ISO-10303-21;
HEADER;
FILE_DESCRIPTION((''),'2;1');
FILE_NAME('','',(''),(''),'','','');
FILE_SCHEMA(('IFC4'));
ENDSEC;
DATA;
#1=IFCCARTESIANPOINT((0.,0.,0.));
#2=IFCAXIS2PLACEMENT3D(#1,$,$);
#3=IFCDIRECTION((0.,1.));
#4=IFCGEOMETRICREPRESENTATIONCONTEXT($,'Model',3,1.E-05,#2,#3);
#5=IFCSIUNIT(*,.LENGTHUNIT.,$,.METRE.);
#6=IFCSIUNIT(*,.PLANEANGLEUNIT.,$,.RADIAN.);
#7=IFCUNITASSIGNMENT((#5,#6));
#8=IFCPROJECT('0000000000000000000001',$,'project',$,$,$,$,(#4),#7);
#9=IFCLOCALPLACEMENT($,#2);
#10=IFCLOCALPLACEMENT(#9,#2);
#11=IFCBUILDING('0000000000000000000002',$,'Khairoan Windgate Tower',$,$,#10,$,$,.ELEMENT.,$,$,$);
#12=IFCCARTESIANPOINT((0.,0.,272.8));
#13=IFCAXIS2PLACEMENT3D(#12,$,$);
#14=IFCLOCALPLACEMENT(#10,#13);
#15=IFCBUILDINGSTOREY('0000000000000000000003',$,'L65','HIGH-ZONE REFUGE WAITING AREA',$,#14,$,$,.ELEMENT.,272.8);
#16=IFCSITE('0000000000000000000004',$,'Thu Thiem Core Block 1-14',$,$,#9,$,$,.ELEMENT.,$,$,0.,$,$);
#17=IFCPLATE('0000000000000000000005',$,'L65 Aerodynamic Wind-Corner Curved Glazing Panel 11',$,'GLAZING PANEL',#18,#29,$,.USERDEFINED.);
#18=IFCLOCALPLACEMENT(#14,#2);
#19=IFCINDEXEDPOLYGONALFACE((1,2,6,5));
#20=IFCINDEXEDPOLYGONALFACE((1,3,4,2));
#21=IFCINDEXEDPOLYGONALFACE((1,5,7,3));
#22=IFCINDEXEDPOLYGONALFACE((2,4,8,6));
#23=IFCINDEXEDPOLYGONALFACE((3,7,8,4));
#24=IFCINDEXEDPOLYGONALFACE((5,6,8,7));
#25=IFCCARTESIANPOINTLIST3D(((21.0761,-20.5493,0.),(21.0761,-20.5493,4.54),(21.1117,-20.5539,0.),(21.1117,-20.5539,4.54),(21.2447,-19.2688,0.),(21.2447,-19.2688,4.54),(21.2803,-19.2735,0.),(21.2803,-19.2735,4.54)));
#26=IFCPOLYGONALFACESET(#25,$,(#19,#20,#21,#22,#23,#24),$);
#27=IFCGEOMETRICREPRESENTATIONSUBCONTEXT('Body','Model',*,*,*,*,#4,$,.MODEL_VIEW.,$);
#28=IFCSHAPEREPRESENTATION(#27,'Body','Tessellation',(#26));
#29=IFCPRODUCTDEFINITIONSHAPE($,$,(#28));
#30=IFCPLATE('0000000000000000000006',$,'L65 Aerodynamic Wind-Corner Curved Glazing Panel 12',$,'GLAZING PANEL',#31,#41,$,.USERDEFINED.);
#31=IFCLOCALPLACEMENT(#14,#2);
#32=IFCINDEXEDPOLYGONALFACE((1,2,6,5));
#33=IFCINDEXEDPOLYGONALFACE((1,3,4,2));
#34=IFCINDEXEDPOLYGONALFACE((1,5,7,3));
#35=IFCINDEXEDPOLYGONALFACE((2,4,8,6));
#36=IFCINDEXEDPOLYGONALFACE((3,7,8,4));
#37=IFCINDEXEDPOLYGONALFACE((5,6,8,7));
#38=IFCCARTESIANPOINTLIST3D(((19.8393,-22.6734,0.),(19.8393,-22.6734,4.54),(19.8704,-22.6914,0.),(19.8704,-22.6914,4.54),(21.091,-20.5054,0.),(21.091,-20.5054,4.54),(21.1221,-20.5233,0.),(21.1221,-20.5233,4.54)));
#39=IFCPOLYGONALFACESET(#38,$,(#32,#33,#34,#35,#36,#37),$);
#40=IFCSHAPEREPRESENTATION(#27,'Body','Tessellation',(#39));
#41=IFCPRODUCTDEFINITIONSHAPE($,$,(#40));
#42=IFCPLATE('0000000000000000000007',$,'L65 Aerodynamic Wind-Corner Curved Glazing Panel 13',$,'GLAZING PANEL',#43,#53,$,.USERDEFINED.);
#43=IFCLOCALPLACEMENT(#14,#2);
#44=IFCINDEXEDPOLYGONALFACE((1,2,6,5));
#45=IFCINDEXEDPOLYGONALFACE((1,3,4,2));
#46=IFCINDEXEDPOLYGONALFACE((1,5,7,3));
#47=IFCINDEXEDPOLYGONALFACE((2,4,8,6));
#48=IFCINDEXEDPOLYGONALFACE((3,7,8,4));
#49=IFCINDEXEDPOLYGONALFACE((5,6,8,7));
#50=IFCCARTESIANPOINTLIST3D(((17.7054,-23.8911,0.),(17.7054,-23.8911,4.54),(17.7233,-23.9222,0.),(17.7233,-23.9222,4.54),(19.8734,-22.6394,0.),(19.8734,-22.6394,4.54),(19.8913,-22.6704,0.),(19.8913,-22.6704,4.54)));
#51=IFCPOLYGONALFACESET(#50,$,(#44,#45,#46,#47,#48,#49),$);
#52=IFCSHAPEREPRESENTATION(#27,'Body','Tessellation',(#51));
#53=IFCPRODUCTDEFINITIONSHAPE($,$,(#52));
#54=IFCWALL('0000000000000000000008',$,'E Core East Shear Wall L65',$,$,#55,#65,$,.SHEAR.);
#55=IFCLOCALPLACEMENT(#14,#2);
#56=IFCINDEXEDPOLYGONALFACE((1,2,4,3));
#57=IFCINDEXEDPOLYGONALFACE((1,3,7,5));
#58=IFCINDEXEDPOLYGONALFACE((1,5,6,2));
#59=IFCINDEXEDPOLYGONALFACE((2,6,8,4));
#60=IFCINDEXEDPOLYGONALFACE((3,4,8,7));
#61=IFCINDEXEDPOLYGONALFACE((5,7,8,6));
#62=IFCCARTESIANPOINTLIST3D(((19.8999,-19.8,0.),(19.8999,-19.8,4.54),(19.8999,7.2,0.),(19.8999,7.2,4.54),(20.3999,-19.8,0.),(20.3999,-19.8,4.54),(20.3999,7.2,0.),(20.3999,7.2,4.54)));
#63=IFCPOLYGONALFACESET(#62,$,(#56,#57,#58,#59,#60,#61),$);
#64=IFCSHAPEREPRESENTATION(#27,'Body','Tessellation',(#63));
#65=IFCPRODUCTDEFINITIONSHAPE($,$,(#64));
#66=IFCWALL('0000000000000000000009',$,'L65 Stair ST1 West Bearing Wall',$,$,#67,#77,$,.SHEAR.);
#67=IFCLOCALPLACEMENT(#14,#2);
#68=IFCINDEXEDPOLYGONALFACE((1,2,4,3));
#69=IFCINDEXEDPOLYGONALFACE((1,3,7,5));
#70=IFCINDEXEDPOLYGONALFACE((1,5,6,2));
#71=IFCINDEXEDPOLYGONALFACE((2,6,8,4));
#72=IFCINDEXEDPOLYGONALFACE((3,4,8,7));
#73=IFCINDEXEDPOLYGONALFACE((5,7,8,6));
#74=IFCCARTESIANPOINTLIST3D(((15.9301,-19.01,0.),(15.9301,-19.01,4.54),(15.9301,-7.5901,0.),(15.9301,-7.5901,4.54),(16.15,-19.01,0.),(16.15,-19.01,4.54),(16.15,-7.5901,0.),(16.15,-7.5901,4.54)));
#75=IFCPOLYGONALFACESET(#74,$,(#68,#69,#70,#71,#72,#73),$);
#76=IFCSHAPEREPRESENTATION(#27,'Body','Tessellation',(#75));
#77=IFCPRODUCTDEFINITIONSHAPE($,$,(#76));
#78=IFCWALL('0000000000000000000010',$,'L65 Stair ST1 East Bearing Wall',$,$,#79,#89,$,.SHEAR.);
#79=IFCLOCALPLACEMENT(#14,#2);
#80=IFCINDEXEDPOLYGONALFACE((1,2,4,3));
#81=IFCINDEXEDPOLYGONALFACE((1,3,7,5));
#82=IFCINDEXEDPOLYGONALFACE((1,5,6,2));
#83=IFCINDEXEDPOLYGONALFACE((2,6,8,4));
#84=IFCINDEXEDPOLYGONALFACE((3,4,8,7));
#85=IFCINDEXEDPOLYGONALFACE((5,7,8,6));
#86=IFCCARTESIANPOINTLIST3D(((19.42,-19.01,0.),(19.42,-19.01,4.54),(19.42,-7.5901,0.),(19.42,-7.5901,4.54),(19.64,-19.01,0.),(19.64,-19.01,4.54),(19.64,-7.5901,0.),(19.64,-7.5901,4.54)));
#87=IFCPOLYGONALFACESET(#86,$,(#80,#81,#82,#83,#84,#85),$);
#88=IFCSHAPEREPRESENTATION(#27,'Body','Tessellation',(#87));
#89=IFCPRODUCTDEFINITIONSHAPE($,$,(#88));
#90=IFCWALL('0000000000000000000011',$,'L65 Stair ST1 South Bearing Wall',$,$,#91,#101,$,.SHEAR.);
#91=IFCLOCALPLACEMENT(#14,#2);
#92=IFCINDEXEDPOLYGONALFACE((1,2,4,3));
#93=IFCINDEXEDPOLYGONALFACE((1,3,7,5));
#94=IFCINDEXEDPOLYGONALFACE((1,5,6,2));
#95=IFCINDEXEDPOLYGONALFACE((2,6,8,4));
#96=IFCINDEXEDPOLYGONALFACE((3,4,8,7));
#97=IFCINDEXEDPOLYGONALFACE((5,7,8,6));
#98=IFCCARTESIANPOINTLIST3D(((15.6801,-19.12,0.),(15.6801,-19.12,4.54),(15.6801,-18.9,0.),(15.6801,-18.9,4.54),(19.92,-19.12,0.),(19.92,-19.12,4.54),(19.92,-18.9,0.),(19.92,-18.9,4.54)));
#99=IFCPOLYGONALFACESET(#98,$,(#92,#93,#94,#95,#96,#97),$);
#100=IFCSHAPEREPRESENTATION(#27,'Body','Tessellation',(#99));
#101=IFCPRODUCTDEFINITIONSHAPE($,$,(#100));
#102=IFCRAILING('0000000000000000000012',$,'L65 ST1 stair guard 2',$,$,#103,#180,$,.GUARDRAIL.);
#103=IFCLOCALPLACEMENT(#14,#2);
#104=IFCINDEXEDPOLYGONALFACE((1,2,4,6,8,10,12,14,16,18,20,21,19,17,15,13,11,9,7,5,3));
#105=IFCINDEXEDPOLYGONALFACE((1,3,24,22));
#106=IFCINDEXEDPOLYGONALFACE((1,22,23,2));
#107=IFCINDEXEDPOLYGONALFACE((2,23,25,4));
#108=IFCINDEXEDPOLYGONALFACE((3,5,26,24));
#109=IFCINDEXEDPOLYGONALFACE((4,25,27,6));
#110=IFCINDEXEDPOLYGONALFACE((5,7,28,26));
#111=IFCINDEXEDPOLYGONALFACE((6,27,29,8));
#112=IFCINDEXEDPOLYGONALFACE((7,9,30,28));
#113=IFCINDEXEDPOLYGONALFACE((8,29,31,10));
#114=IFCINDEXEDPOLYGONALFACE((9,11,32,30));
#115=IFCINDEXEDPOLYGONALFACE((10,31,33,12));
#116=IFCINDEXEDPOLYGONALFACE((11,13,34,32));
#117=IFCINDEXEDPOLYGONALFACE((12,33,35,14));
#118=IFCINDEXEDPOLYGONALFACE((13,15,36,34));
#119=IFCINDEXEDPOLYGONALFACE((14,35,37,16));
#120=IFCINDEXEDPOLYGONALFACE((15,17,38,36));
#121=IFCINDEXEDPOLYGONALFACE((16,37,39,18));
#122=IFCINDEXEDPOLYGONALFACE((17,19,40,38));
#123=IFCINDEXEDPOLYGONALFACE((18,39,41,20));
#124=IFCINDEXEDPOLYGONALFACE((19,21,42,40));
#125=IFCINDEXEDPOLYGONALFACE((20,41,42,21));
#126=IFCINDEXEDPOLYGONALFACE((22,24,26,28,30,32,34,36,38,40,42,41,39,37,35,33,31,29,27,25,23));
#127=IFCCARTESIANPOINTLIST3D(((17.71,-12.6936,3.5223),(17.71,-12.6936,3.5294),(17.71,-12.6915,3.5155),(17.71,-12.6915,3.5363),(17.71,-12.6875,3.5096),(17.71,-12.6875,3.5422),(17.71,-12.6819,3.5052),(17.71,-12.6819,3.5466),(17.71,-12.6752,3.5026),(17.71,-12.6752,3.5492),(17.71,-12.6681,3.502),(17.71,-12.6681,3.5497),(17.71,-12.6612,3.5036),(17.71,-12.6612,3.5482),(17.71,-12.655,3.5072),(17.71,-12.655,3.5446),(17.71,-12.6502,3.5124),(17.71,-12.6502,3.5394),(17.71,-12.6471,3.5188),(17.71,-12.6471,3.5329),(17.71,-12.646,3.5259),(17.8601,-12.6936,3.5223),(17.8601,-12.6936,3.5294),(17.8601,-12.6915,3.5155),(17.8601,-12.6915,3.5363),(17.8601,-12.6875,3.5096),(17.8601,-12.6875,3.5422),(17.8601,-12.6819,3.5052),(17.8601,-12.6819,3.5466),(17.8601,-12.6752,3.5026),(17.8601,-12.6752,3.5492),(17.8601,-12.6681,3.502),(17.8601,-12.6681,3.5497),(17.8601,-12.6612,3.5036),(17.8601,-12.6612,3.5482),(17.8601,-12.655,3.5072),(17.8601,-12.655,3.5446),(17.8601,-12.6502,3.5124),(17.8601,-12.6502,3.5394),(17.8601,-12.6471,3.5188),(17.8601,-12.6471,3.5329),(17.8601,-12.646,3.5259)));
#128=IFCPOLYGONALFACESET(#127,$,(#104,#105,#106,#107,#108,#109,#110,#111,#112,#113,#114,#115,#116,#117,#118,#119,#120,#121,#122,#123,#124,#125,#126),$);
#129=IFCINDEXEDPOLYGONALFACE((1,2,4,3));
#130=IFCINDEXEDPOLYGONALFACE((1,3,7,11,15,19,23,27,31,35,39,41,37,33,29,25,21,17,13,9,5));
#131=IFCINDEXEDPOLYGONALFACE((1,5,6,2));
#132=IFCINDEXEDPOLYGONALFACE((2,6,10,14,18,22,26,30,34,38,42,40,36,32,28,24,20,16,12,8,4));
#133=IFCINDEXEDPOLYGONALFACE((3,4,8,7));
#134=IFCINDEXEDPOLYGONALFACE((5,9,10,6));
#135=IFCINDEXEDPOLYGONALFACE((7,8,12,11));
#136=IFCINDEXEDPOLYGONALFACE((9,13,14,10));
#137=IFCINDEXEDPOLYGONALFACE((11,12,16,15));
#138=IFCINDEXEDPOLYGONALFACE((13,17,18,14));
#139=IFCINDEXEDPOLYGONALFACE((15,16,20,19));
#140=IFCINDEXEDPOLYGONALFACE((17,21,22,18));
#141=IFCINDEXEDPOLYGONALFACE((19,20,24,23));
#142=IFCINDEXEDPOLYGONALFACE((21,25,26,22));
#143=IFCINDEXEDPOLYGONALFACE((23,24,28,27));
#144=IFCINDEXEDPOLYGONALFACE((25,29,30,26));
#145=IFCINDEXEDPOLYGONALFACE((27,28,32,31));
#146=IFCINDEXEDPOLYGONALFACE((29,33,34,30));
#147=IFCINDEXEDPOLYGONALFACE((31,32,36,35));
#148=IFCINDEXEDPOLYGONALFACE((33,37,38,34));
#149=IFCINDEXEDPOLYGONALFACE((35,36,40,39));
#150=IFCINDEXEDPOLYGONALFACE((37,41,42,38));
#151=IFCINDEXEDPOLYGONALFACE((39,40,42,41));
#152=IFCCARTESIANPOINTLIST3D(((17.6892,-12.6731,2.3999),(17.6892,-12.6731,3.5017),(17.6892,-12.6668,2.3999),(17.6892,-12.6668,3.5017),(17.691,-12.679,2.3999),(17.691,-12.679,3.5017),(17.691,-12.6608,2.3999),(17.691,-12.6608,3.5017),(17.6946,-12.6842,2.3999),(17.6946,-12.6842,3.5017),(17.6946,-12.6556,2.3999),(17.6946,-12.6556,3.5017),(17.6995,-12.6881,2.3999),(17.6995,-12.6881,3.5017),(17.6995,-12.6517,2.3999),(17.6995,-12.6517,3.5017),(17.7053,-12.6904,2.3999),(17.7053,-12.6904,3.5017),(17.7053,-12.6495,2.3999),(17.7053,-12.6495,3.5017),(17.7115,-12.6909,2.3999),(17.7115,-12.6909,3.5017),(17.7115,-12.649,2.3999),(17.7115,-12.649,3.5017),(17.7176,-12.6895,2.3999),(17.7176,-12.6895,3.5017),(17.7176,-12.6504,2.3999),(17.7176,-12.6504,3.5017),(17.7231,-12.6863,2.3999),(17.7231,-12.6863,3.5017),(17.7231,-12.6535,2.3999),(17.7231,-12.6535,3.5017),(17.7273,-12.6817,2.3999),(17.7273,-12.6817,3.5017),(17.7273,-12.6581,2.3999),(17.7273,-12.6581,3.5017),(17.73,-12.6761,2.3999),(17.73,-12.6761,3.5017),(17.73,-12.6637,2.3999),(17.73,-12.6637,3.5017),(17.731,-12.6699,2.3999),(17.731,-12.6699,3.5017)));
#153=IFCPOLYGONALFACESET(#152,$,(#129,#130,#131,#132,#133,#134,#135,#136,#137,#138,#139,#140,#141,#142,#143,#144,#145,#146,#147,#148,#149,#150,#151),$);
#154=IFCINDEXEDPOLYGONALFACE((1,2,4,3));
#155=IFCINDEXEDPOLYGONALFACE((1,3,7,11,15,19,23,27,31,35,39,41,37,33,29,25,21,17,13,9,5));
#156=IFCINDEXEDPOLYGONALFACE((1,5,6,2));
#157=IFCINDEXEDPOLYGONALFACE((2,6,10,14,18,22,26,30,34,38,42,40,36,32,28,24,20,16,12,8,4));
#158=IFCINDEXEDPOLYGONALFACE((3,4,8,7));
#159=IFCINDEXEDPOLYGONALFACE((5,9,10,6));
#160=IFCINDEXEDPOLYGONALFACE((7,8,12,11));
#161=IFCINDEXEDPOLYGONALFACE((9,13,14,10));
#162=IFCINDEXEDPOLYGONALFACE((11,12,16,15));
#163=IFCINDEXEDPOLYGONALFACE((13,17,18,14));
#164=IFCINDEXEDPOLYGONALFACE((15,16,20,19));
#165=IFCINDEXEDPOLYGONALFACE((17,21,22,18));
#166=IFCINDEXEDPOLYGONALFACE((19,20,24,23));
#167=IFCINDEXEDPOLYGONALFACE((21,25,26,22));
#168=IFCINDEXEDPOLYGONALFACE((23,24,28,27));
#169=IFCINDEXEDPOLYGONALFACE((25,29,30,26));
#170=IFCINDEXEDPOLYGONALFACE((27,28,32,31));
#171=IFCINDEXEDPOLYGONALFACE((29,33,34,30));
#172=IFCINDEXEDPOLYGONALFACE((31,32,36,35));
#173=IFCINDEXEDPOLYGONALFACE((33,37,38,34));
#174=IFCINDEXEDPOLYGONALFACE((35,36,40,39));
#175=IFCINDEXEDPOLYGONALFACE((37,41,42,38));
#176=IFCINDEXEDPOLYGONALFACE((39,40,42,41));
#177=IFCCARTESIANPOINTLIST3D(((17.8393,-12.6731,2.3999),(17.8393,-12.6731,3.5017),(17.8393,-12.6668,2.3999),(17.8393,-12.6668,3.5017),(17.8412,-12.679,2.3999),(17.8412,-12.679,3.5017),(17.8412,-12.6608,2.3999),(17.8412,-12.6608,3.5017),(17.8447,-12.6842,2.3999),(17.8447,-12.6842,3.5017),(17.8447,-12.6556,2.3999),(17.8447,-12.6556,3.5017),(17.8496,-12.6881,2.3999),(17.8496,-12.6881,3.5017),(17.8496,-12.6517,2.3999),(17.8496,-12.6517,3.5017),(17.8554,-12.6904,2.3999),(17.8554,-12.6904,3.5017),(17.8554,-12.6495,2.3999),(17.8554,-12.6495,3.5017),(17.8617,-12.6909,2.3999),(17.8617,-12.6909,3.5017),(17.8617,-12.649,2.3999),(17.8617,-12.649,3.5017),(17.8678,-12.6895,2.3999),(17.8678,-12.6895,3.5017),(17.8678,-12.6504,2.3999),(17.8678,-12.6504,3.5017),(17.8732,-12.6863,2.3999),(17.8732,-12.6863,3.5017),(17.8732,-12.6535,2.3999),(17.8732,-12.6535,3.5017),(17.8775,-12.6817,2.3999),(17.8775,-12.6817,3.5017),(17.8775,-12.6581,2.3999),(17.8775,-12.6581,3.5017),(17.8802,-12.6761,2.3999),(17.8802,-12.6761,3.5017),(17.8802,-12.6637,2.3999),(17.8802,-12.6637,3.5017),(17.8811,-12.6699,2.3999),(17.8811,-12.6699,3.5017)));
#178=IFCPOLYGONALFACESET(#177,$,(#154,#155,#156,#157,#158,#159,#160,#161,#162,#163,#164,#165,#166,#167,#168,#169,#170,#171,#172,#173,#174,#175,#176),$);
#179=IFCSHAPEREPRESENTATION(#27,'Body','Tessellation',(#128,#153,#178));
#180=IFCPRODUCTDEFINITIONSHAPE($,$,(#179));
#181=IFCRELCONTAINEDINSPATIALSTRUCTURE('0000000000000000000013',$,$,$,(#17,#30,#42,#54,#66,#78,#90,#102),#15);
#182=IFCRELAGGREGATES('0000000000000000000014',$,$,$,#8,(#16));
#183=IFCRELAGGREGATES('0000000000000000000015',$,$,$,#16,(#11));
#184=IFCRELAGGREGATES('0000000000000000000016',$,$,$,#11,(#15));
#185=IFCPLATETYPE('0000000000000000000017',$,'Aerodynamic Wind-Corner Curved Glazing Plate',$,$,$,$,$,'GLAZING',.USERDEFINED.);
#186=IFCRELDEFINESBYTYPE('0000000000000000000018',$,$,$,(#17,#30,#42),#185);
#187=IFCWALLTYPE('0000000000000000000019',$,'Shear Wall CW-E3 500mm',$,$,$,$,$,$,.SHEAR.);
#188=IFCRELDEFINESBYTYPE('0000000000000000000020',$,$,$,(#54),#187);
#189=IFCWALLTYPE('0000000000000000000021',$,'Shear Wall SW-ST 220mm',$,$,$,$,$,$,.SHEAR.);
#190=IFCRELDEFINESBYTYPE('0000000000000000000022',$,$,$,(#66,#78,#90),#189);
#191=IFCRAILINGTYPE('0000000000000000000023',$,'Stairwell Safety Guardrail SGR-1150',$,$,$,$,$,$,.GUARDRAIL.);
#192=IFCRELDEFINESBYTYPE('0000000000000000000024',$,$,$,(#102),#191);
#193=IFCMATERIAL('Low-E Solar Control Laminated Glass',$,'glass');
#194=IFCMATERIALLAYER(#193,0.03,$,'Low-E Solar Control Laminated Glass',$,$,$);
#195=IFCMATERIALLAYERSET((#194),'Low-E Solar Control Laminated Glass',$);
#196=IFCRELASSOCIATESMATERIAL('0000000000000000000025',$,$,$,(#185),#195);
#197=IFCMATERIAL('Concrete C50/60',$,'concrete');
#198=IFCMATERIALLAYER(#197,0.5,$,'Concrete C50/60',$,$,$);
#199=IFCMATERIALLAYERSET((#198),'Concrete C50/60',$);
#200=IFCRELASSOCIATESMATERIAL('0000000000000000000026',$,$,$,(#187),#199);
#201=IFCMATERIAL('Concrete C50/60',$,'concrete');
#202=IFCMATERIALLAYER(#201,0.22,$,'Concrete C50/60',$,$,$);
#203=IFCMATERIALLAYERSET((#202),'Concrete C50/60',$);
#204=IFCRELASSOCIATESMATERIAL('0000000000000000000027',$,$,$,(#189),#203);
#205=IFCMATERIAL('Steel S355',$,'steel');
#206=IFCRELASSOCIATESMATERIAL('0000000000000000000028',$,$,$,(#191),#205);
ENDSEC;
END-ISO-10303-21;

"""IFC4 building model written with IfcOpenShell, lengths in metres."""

from ifc_helpers import new_model, si_unit, direction, frame, frame_2d, origin, origin_2d, place, context, subcontext, project, spatial, rectangle, circle, extrude, material, layer, layer_set, type_object, element, save


model = new_model("IFC4")

# Units and contexts
model_context = context("Model", 3, precision=1e-05, world=origin(), true_north=direction((0.0, 1.0)))
body_context = subcontext(model_context, "Body", "Model", "MODEL_VIEW")
ifc_project = project(units=[si_unit("LENGTHUNIT", "METRE"), si_unit("PLANEANGLEUNIT", "RADIAN")], contexts=[model_context])

# Site, building, storey
site_placement = place(None, origin())
site = spatial("IfcSite", under=ifc_project, at=site_placement, Name="Thu Thiem Core Block 1-14", CompositionType="ELEMENT", RefElevation=0.0)
building_placement = place(site_placement, origin())
building = spatial("IfcBuilding", under=site, at=building_placement, Name="Khairoan Windgate Tower", CompositionType="ELEMENT")
storey_placement = place(building_placement, frame((0.0, 0.0, 272.8)))
storey = spatial("IfcBuildingStorey", under=building, at=storey_placement, Name="L65", Description="HIGH-ZONE REFUGE WAITING AREA", CompositionType="ELEMENT", Elevation=272.8)

# Plates
ifc_material_1 = material(Name="Low-E Solar Control Laminated Glass", Category="glass")
ifc_layer_1 = layer(ifc_material_1, 0.03, Name="Low-E Solar Control Laminated Glass")
ifc_layer_set_1 = layer_set([ifc_layer_1], Name="Low-E Solar Control Laminated Glass")
plate_type_1 = type_object("IfcPlateType", Name="Aerodynamic Wind-Corner Curved Glazing Plate", ElementType="GLAZING", PredefinedType="USERDEFINED", material=ifc_layer_set_1)
plate_1_placement = place(storey_placement, frame((21.1782, -19.9114, 0.0), z_axis=(0.0, 0.0, 1.0), x_axis=(-0.130526, -0.991445, 0.0)))
element("IfcPlate", 1, at=plate_1_placement, inside=storey, type_object=plate_type_1, Name="L65 Aerodynamic Wind-Corner Curved Glazing Panel 11", ObjectType="GLAZING PANEL", PredefinedType="USERDEFINED", context=body_context, shape_type="SweptSolid", body=[
    extrude(rectangle(XDim=1.2915, YDim=0.0359, at=origin_2d()), origin(), (0.0, 0.0, 1.0), 4.54),
])
for number, where, z_axis, x_axis, name in (
    (2, (20.4807, -21.5984, 0.0), (0.0, 0.0, 1.0), (-0.5, -0.866025, 0.0), "L65 Aerodynamic Wind-Corner Curved Glazing Panel 12"),
    (3, (18.7983, -23.2808, 0.0), (0.0, 0.0, 1.0), (-0.866025, -0.5, 0.0), "L65 Aerodynamic Wind-Corner Curved Glazing Panel 13"),
):
    element("IfcPlate", number, at=place(storey_placement, frame(where, z_axis=z_axis, x_axis=x_axis)), inside=storey, type_object=plate_type_1, Name=name, ObjectType="GLAZING PANEL", PredefinedType="USERDEFINED", context=body_context, shape_type="SweptSolid", body=[
        extrude(rectangle(XDim=2.5034, YDim=0.0359, at=origin_2d()), origin(), (0.0, 0.0, 1.0), 4.54),
    ])

# Walls
ifc_material_2 = material(Name="Concrete C50/60", Category="concrete")
ifc_layer_2 = layer(ifc_material_2, 0.5, Name="Concrete C50/60")
ifc_layer_set_2 = layer_set([ifc_layer_2], Name="Concrete C50/60")
wall_type_1 = type_object("IfcWallType", Name="Shear Wall CW-E3 500mm", PredefinedType="SHEAR", material=ifc_layer_set_2)
wall_1_placement = place(storey_placement, frame((20.1499, -19.8, 0.0), z_axis=(0.0, 0.0, 1.0), x_axis=(0.0, 1.0, 0.0)))
element("IfcWall", 4, at=wall_1_placement, inside=storey, type_object=wall_type_1, Name="E Core East Shear Wall L65", PredefinedType="SHEAR", context=body_context, shape_type="SweptSolid", body=[
    extrude(rectangle(XDim=27.0, YDim=0.5, at=frame_2d((13.5, 0.0))), origin(), (0.0, 0.0, 1.0), 4.54),
])
ifc_material_3 = material(Name="Concrete C50/60", Category="concrete")
ifc_layer_3 = layer(ifc_material_3, 0.22, Name="Concrete C50/60")
ifc_layer_set_3 = layer_set([ifc_layer_3], Name="Concrete C50/60")
wall_type_2 = type_object("IfcWallType", Name="Shear Wall SW-ST 220mm", PredefinedType="SHEAR", material=ifc_layer_set_3)
for number, where, z_axis, x_axis, name in (
    (5, (16.04, -19.01, 0.0), (0.0, 0.0, 1.0), (0.0, 1.0, 0.0), "L65 Stair ST1 West Bearing Wall"),
    (6, (19.53, -19.01, 0.0), (0.0, 0.0, 1.0), (0.0, 1.0, 0.0), "L65 Stair ST1 East Bearing Wall"),
):
    element("IfcWall", number, at=place(storey_placement, frame(where, z_axis=z_axis, x_axis=x_axis)), inside=storey, type_object=wall_type_2, Name=name, PredefinedType="SHEAR", context=body_context, shape_type="SweptSolid", body=[
        extrude(rectangle(XDim=11.4199, YDim=0.22, at=frame_2d((5.71, 0.0))), origin(), (0.0, 0.0, 1.0), 4.54),
    ])
wall_2_placement = place(storey_placement, frame((15.6799, -19.01, 0.0), z_axis=(0.0, 0.0, 1.0), x_axis=(1.0, 0.0, 0.0)))
element("IfcWall", 7, at=wall_2_placement, inside=storey, type_object=wall_type_2, Name="L65 Stair ST1 South Bearing Wall", PredefinedType="SHEAR", context=body_context, shape_type="SweptSolid", body=[
    extrude(rectangle(XDim=4.24, YDim=0.22, at=frame_2d((2.1201, 0.0))), origin(), (0.0, 0.0, 1.0), 4.54),
])

# Railing
ifc_material_4 = material(Name="Steel S355", Category="steel")
railing_type_1 = type_object("IfcRailingType", Name="Stairwell Safety Guardrail SGR-1150", PredefinedType="GUARDRAIL", material=ifc_material_4)
railing_1_placement = place(storey_placement, frame((17.71, -12.6699, 2.3999)))
element("IfcRailing", 8, at=railing_1_placement, inside=storey, type_object=railing_type_1, Name="L65 ST1 stair guard 2", PredefinedType="GUARDRAIL", context=body_context, shape_type="SweptSolid", body=[
    extrude(circle(Radius=0.0239, at=origin_2d()), frame((0.0, 0.0, 1.126), z_axis=(1.0, 0.0, 0.0), x_axis=(0.0, 1.0, 0.0)), (0.0, 0.0, 1.0), 0.1501),
    extrude(circle(Radius=0.021, at=origin_2d()), origin(), (0.0, 0.0, 1.0), 1.1018),
    extrude(circle(Radius=0.021, at=origin_2d()), frame((0.1501, 0.0, 0.0)), (0.0, 0.0, 1.0), 1.1018),
])

save(model, "model.ifc")
